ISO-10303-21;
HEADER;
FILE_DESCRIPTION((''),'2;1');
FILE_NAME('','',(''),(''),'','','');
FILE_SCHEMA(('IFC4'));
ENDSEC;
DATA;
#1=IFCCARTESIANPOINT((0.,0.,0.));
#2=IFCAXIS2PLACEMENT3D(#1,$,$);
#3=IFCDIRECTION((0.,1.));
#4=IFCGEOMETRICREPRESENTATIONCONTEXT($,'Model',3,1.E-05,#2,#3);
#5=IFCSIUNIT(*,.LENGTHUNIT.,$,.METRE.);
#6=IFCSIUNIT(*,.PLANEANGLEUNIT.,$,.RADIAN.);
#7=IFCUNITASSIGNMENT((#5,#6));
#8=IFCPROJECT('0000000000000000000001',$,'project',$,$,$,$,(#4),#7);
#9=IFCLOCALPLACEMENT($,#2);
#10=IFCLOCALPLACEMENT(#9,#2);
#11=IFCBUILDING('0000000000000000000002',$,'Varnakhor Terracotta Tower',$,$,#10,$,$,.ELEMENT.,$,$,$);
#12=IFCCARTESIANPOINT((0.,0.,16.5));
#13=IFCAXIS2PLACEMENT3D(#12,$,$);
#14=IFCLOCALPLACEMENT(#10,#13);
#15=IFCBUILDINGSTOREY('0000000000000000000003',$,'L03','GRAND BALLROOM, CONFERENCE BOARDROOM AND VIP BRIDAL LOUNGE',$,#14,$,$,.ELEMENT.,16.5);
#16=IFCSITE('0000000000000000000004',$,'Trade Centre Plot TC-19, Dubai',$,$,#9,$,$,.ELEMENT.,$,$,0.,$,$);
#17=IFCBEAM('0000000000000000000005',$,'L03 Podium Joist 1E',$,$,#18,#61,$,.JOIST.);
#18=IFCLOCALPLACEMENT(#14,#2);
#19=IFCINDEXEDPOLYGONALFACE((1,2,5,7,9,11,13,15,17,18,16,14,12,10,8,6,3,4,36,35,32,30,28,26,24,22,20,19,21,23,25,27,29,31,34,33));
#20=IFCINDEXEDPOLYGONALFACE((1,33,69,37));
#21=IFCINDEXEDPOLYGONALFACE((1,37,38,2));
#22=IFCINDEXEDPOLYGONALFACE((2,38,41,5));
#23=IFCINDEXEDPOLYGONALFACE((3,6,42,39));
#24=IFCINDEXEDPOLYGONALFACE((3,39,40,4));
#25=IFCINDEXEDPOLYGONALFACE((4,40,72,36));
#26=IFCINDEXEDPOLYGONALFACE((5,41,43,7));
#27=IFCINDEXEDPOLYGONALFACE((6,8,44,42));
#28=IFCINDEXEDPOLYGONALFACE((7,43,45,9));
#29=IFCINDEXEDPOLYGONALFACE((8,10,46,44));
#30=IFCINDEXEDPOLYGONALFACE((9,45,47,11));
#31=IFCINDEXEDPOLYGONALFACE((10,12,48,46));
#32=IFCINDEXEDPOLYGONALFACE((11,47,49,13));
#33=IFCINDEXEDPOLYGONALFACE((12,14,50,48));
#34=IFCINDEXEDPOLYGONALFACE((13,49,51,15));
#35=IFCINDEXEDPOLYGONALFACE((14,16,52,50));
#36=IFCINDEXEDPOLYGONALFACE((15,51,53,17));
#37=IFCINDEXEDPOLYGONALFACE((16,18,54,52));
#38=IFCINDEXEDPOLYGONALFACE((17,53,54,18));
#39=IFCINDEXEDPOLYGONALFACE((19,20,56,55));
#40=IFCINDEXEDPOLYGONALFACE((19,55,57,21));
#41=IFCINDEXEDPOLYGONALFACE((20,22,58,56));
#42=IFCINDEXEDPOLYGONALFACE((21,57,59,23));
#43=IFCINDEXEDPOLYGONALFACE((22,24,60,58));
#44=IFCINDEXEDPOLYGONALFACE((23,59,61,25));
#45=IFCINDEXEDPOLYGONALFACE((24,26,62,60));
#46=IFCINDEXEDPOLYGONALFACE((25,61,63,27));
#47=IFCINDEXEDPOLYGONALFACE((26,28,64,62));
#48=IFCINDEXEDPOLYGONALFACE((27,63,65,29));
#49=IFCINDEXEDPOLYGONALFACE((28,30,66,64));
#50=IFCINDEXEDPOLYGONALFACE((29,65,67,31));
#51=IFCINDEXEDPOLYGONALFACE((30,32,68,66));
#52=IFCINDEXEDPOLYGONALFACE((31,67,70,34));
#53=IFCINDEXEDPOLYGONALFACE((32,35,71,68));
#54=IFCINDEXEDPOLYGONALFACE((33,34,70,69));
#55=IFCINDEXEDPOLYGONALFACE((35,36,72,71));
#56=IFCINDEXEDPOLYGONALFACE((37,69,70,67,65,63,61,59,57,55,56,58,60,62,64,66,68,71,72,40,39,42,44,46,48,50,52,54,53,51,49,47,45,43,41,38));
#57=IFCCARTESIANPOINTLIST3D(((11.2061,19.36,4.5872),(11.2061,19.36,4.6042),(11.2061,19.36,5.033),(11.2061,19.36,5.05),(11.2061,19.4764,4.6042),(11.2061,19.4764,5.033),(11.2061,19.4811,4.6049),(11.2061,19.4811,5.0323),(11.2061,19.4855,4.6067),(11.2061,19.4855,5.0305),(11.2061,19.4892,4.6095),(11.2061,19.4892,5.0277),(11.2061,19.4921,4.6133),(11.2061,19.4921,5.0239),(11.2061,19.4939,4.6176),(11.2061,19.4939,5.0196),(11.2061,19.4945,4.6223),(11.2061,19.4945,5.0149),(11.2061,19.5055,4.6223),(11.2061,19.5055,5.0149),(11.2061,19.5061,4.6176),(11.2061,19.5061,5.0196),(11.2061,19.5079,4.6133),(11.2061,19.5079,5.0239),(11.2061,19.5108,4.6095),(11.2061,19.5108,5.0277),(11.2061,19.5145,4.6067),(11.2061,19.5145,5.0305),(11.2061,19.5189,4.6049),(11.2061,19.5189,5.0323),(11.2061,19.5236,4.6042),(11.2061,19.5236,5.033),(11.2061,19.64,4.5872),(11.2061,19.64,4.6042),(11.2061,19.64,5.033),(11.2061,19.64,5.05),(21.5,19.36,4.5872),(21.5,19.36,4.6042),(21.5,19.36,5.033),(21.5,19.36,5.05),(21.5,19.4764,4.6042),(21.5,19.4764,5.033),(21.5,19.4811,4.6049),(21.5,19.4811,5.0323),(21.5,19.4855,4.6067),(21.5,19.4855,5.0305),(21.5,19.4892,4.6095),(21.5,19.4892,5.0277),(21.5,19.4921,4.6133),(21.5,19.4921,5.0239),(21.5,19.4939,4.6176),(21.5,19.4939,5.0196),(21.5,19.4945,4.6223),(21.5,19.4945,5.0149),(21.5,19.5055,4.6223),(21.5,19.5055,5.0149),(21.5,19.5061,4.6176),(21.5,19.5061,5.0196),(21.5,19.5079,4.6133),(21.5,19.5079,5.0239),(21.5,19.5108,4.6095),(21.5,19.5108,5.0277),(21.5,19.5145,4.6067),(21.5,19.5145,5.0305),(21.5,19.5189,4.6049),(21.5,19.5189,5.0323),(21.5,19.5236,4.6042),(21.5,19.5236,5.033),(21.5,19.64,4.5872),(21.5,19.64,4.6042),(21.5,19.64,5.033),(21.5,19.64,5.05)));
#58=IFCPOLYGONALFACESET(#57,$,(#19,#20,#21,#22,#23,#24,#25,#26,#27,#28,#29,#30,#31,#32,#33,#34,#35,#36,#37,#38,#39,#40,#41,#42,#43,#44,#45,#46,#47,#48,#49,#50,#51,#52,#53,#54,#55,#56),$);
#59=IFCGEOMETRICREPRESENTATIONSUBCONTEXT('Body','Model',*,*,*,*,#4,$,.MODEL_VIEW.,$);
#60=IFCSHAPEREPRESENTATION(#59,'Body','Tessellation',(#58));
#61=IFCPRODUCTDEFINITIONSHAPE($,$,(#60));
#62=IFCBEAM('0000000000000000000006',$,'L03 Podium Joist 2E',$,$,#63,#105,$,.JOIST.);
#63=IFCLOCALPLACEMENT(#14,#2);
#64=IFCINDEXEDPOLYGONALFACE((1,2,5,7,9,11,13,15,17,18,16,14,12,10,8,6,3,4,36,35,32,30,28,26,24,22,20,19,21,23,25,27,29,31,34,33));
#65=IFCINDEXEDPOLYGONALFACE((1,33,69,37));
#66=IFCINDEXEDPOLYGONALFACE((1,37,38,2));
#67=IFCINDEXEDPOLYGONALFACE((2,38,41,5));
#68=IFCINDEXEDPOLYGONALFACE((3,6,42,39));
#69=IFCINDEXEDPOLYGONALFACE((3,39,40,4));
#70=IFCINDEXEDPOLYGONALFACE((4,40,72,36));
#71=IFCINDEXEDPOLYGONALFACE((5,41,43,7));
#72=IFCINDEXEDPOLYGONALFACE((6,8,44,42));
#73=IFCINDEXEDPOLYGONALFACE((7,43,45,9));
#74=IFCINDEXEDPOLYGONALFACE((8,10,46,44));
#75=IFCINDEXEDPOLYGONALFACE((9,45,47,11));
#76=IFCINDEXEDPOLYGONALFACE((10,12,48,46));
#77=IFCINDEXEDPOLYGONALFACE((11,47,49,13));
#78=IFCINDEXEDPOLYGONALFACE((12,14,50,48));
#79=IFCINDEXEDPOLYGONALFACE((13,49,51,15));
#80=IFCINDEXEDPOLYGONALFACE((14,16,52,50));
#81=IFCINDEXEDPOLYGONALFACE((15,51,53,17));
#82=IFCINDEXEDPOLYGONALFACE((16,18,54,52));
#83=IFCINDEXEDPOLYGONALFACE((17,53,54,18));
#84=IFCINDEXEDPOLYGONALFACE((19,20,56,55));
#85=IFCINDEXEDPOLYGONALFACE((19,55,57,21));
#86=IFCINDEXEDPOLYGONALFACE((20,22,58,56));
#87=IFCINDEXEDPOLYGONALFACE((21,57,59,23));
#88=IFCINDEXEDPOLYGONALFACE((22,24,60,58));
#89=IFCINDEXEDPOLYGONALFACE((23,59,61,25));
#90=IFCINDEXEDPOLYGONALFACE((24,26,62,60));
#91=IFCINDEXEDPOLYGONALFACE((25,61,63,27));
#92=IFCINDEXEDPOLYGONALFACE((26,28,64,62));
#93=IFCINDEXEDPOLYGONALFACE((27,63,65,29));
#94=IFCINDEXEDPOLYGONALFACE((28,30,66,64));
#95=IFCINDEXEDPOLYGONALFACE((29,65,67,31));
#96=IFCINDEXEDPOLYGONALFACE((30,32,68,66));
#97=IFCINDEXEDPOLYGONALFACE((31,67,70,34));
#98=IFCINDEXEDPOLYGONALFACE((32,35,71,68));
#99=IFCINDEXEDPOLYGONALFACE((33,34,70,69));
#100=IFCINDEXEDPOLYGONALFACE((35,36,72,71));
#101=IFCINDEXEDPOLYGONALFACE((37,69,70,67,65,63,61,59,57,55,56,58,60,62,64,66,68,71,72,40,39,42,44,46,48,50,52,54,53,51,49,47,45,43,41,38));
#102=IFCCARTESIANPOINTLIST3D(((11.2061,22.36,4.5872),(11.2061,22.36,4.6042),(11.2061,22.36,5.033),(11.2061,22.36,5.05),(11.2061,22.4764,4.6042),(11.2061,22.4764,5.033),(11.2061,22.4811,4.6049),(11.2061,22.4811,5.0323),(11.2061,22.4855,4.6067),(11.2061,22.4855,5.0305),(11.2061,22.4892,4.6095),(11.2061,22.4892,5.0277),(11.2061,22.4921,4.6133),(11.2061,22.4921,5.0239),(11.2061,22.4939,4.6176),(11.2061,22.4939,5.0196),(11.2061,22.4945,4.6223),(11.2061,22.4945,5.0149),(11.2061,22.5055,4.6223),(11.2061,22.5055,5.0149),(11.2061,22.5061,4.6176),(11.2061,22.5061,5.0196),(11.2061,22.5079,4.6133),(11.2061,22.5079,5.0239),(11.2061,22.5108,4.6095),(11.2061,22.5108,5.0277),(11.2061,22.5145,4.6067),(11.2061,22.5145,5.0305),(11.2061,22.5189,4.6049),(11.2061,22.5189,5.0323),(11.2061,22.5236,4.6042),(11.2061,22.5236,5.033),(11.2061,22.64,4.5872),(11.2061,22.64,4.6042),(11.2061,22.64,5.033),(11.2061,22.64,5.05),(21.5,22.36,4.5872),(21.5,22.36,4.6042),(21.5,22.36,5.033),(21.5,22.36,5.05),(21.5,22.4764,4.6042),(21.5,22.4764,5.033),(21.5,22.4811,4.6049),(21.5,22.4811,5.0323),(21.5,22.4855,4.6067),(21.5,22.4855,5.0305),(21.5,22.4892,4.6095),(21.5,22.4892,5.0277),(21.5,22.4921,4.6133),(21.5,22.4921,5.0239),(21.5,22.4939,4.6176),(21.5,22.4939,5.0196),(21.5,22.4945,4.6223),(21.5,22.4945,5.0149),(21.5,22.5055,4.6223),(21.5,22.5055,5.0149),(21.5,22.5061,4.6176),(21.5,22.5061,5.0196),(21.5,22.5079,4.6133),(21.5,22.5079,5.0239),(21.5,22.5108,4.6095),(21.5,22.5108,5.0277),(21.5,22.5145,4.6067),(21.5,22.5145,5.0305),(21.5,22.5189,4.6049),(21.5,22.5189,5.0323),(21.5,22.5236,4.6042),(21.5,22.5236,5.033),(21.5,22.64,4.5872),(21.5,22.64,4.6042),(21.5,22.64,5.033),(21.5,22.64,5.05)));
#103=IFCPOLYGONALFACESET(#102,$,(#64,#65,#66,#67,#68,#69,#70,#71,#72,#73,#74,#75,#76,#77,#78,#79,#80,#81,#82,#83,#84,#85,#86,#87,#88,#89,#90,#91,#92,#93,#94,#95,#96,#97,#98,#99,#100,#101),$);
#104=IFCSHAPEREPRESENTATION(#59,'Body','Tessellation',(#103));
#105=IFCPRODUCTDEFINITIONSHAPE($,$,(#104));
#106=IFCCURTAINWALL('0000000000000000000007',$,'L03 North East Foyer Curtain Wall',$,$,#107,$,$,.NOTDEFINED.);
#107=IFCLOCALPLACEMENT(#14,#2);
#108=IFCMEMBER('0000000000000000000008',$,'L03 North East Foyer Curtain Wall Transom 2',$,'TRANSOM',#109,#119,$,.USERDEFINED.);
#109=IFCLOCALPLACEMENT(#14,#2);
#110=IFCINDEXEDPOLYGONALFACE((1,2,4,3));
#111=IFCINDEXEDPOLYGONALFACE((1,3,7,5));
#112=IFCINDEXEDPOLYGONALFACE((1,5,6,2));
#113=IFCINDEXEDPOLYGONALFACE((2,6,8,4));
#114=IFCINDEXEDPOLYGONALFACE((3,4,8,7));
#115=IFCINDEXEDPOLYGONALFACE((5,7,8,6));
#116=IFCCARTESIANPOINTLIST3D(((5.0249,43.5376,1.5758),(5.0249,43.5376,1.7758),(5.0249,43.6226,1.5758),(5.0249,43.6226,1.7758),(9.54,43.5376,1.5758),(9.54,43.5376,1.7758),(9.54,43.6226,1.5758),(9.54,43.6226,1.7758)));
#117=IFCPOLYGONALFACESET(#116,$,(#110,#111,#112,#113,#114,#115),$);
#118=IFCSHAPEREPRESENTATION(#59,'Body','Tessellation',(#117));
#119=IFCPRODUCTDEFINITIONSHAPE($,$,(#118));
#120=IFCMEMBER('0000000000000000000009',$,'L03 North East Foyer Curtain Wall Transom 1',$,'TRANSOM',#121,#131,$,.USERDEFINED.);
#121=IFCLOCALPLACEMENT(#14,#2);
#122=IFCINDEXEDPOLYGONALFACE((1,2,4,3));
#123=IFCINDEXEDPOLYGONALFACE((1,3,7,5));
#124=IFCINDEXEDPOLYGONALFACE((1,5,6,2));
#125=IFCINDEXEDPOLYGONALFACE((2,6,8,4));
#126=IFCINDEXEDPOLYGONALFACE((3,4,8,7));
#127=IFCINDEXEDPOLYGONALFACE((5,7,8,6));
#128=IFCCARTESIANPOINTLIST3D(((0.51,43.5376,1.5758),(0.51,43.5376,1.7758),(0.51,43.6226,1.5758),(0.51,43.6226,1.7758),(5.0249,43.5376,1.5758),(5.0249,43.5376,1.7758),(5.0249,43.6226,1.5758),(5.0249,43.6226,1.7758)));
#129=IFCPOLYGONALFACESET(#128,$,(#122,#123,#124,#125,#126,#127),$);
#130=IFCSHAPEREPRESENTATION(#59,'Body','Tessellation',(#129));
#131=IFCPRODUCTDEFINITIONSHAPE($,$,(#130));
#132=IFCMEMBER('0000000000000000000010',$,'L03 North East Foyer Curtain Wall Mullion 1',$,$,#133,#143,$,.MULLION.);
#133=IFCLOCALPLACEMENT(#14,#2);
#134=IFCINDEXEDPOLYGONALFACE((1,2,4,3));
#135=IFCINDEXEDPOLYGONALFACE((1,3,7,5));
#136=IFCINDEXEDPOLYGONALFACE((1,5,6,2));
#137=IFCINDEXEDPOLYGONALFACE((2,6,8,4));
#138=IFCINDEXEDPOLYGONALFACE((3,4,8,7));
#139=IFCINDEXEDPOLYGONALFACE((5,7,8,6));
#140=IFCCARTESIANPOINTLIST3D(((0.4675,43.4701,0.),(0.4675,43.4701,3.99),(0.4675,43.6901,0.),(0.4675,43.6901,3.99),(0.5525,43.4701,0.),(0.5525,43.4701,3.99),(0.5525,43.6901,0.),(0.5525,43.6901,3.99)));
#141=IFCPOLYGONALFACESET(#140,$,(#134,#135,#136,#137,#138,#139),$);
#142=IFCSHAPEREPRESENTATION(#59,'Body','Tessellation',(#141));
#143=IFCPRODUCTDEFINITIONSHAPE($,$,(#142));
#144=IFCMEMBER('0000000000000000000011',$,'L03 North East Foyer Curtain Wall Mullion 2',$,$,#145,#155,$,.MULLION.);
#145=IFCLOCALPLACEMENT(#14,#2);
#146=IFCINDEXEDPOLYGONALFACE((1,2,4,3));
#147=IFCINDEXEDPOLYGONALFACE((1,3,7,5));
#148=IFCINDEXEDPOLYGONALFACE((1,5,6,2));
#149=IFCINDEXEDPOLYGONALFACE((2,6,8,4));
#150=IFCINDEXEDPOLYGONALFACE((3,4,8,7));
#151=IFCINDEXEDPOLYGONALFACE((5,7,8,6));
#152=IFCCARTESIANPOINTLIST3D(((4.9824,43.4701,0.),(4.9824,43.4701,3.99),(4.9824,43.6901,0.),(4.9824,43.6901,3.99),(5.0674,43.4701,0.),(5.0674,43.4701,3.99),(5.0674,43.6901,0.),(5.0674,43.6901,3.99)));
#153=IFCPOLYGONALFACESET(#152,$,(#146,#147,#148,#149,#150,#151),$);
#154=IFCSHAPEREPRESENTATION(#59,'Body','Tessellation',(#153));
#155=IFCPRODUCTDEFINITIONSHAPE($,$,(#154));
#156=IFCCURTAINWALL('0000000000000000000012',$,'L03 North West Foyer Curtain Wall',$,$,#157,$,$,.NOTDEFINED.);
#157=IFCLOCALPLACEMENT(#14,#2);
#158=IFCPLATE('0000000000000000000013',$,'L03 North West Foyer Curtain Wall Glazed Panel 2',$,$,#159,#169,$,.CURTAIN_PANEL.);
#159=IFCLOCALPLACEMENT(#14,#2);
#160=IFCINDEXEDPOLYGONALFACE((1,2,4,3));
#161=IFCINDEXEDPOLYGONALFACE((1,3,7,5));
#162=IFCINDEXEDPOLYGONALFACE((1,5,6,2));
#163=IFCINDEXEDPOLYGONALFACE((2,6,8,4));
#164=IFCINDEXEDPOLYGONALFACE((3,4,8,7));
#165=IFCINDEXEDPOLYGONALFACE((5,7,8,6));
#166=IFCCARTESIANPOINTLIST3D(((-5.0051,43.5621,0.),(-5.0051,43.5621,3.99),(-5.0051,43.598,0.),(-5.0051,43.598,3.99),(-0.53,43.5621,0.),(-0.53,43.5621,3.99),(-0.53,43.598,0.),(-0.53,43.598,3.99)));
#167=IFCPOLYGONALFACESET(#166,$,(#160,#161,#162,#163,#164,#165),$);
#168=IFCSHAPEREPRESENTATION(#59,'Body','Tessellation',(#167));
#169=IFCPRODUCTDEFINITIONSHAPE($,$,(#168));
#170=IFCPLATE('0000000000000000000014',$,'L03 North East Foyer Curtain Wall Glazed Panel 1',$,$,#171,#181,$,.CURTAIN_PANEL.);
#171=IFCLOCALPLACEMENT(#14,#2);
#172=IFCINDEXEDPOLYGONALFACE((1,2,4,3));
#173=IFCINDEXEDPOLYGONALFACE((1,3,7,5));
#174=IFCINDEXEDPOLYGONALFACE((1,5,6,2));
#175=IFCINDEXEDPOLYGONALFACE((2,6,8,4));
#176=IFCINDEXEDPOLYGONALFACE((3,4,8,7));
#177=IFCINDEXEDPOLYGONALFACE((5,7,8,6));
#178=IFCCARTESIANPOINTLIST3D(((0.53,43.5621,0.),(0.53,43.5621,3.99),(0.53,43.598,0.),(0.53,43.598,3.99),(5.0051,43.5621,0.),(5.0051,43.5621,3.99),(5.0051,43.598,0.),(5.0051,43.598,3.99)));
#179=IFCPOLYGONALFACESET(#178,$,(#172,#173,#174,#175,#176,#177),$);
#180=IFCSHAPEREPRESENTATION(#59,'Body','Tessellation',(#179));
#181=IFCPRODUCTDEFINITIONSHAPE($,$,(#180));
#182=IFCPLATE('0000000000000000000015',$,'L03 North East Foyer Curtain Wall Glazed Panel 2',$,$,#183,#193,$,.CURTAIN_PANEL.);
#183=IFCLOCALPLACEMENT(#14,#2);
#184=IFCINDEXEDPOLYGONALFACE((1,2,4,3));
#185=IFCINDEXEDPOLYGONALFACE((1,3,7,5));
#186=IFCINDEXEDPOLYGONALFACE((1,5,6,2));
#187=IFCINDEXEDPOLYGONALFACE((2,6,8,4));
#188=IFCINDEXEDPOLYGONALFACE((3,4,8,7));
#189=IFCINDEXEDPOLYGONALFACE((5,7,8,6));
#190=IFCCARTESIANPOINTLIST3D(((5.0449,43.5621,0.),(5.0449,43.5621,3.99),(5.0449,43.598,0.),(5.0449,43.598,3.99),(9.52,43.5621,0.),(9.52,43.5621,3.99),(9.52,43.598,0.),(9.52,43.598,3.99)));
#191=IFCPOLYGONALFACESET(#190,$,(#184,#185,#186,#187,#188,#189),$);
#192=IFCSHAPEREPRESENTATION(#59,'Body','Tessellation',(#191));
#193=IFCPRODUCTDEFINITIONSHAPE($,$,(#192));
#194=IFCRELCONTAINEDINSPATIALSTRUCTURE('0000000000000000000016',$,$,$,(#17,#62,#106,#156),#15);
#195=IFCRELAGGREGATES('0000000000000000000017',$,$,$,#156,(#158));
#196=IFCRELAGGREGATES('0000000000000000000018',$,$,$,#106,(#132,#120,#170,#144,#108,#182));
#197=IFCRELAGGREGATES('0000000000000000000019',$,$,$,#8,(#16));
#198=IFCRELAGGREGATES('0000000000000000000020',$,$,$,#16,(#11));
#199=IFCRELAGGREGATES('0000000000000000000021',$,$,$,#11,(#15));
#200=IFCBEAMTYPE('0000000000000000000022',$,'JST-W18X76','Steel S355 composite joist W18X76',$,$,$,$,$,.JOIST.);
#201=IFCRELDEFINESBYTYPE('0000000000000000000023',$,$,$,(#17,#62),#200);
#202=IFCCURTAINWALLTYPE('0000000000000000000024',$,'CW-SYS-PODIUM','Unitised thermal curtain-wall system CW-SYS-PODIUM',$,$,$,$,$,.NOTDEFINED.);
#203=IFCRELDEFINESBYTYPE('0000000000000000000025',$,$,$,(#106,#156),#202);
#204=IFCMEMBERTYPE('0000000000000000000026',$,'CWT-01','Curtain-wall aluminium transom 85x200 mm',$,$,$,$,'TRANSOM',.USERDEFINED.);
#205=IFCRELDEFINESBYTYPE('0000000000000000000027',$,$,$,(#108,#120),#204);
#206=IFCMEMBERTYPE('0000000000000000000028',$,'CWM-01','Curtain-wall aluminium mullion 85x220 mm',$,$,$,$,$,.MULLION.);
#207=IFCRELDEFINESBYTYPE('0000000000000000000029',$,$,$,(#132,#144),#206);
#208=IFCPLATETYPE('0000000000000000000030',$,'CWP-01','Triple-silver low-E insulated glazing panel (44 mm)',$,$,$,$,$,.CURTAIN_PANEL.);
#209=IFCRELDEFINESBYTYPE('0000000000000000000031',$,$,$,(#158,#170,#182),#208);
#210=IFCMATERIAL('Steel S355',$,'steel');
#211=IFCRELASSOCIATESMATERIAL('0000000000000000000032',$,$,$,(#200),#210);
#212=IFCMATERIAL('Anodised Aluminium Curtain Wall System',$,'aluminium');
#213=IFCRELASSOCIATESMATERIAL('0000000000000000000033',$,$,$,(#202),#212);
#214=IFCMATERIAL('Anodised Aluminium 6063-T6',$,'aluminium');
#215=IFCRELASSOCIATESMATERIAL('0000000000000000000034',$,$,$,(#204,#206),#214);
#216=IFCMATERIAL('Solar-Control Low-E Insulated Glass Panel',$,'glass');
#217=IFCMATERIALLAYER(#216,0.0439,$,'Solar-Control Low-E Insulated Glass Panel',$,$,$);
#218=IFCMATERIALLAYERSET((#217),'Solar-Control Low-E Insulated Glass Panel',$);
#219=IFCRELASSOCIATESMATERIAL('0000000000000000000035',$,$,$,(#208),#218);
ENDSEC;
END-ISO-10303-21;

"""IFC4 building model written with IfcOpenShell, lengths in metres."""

from ifc_helpers import new_model, si_unit, direction, frame, origin, origin_2d, place, context, subcontext, project, spatial, rectangle, i_section, extrude, source, transform, mapped, material, layer, layer_set, material_profile, profile_set, type_object, type_shapes, element, aggregate, save


model = new_model("IFC4")

# Units and contexts
model_context = context("Model", 3, precision=1e-05, world=origin(), true_north=direction((0.0, 1.0)))
body_context = subcontext(model_context, "Body", "Model", "MODEL_VIEW")
ifc_project = project(units=[si_unit("LENGTHUNIT", "METRE"), si_unit("PLANEANGLEUNIT", "RADIAN")], contexts=[model_context])

# Site, building, storey
site_placement = place(None, origin())
site = spatial("IfcSite", under=ifc_project, at=site_placement, Name="Trade Centre Plot TC-19, Dubai", CompositionType="ELEMENT", RefElevation=0.0)
building_placement = place(site_placement, origin())
building = spatial("IfcBuilding", under=site, at=building_placement, Name="Varnakhor Terracotta Tower", CompositionType="ELEMENT")
storey_placement = place(building_placement, frame((0.0, 0.0, 16.5)))
storey = spatial("IfcBuildingStorey", under=building, at=storey_placement, Name="L03", Description="GRAND BALLROOM, CONFERENCE BOARDROOM AND VIP BRIDAL LOUNGE", CompositionType="ELEMENT", Elevation=16.5)

# Beams
ifc_material_1 = material(Name="Steel S355", Category="steel")
ifc_material_profile_1 = material_profile(ifc_material_1, i_section(OverallWidth=0.28, OverallDepth=0.4629, WebThickness=0.011, FlangeThickness=0.0171, FilletRadius=0.0181, at=origin_2d()), Name="W18X76")
ifc_profile_set_1 = profile_set([ifc_material_profile_1], Name="Steel S355")
beam_type_1 = type_object("IfcBeamType", Name="JST-W18X76", Description="Steel S355 composite joist W18X76", PredefinedType="JOIST", material=ifc_profile_set_1)
shared_shape_1 = source(origin(), body_context, "Body", "SweptSolid", [
    extrude(i_section(OverallWidth=0.28, OverallDepth=0.4629, WebThickness=0.011, FlangeThickness=0.0171, FilletRadius=0.0181, at=origin_2d()), origin(), (0.0, 0.0, 1.0), 10.2939),
])
type_shapes(beam_type_1, [shared_shape_1])
for number, where, z_axis, x_axis, name in (
    (1, (11.2061, 19.5, 4.8186), (1.0, 0.0, 0.0), (0.0, 1.0, 0.0), "L03 Podium Joist 1E"),
    (2, (11.2061, 22.5, 4.8186), (1.0, 0.0, 0.0), (0.0, 1.0, 0.0), "L03 Podium Joist 2E"),
):
    element("IfcBeam", number, at=place(storey_placement, frame(where, z_axis=z_axis, x_axis=x_axis)), inside=storey, type_object=beam_type_1, Name=name, PredefinedType="JOIST", context=body_context, shape_type="MappedRepresentation", body=[
        mapped(shared_shape_1, transform((0.0, 0.0, 0.0), scale=1.0)),
    ])

# Curtain wall, members
ifc_material_2 = material(Name="Anodised Aluminium Curtain Wall System", Category="aluminium")
curtain_wall_type = type_object("IfcCurtainWallType", Name="CW-SYS-PODIUM", Description="Unitised thermal curtain-wall system CW-SYS-PODIUM", PredefinedType="NOTDEFINED", material=ifc_material_2)
curtain_wall_1_placement = place(storey_placement, origin())
curtain_wall_1 = element("IfcCurtainWall", 3, at=curtain_wall_1_placement, inside=storey, type_object=curtain_wall_type, Name="L03 North East Foyer Curtain Wall", PredefinedType="NOTDEFINED")
ifc_material_3 = material(Name="Anodised Aluminium 6063-T6", Category="aluminium")
ifc_material_profile_2 = material_profile(ifc_material_3, rectangle(XDim=0.085, YDim=0.2, at=origin_2d()), Name="ALU TRANSOM 85x200")
ifc_profile_set_2 = profile_set([ifc_material_profile_2], Name="Anodised Aluminium 6063-T6")
member_type_1 = type_object("IfcMemberType", Name="CWT-01", Description="Curtain-wall aluminium transom 85x200 mm", ElementType="TRANSOM", PredefinedType="USERDEFINED", material=ifc_profile_set_2)
shared_shape_2 = source(origin(), body_context, "Body", "SweptSolid", [
    extrude(rectangle(XDim=0.085, YDim=0.2, at=origin_2d()), origin(), (0.0, 0.0, 1.0), 4.5151),
])
type_shapes(member_type_1, [shared_shape_2])
member_1_placement = place(storey_placement, frame((5.0249, 43.5801, 1.6758), z_axis=(1.0, 0.0, 0.0), x_axis=(0.0, 1.0, 0.0)))
member_1 = element("IfcMember", 4, at=member_1_placement, type_object=member_type_1, Name="L03 North East Foyer Curtain Wall Transom 2", ObjectType="TRANSOM", PredefinedType="USERDEFINED", context=body_context, shape_type="MappedRepresentation", body=[
    mapped(shared_shape_2, transform((0.0, 0.0, 0.0), scale=1.0)),
])
shared_shape_3 = source(origin(), body_context, "Body", "SweptSolid", [
    extrude(rectangle(XDim=0.085, YDim=0.2, at=origin_2d()), origin(), (0.0, 0.0, 1.0), 4.5149),
])
member_2_placement = place(storey_placement, frame((0.51, 43.5801, 1.6758), z_axis=(1.0, 0.0, 0.0), x_axis=(0.0, 1.0, 0.0)))
member_2 = element("IfcMember", 5, at=member_2_placement, type_object=member_type_1, Name="L03 North East Foyer Curtain Wall Transom 1", ObjectType="TRANSOM", PredefinedType="USERDEFINED", context=body_context, shape_type="MappedRepresentation", body=[
    mapped(shared_shape_3, transform((0.0, 0.0, 0.0), scale=1.0)),
])
ifc_material_profile_3 = material_profile(ifc_material_3, rectangle(XDim=0.085, YDim=0.22, at=origin_2d()), Name="ALU MULLION 85x220")
ifc_profile_set_3 = profile_set([ifc_material_profile_3], Name="Anodised Aluminium 6063-T6")
member_type_2 = type_object("IfcMemberType", Name="CWM-01", Description="Curtain-wall aluminium mullion 85x220 mm", PredefinedType="MULLION", material=ifc_profile_set_3)
shared_shape_4 = source(origin(), body_context, "Body", "SweptSolid", [
    extrude(rectangle(XDim=0.085, YDim=0.22, at=origin_2d()), origin(), (0.0, 0.0, 1.0), 3.99),
])
member_3_placement = place(storey_placement, frame((0.51, 43.5801, 0.0), z_axis=(0.0, 0.0, 1.0), x_axis=(1.0, 0.0, 0.0)))
member_3 = element("IfcMember", 6, at=member_3_placement, type_object=member_type_2, Name="L03 North East Foyer Curtain Wall Mullion 1", PredefinedType="MULLION", context=body_context, shape_type="MappedRepresentation", body=[
    mapped(shared_shape_4, transform((0.0, 0.0, 0.0), scale=1.0)),
])
member_4_placement = place(storey_placement, frame((5.0249, 43.5801, 0.0), z_axis=(0.0, 0.0, 1.0), x_axis=(1.0, 0.0, 0.0)))
member_4 = element("IfcMember", 7, at=member_4_placement, type_object=member_type_2, Name="L03 North East Foyer Curtain Wall Mullion 2", PredefinedType="MULLION", context=body_context, shape_type="MappedRepresentation", body=[
    mapped(shared_shape_4, transform((0.0, 0.0, 0.0), scale=1.0)),
])

# Curtain wall, plate
curtain_wall_2_placement = place(storey_placement, origin())
curtain_wall_2 = element("IfcCurtainWall", 8, at=curtain_wall_2_placement, inside=storey, type_object=curtain_wall_type, Name="L03 North West Foyer Curtain Wall", PredefinedType="NOTDEFINED")
ifc_material_4 = material(Name="Solar-Control Low-E Insulated Glass Panel", Category="glass")
ifc_layer_1 = layer(ifc_material_4, 0.0439, Name="Solar-Control Low-E Insulated Glass Panel")
ifc_layer_set_1 = layer_set([ifc_layer_1], Name="Solar-Control Low-E Insulated Glass Panel")
plate_type = type_object("IfcPlateType", Name="CWP-01", Description="Triple-silver low-E insulated glazing panel (44 mm)", PredefinedType="CURTAIN_PANEL", material=ifc_layer_set_1)
shared_shape_5 = source(origin(), body_context, "Body", "SweptSolid", [
    extrude(rectangle(XDim=4.4751, YDim=0.0359, at=origin_2d()), origin(), (0.0, 0.0, 1.0), 3.99),
])
plate_1_placement = place(storey_placement, frame((-2.7676, 43.5801, 0.0), z_axis=(0.0, 0.0, 1.0), x_axis=(1.0, 0.0, 0.0)))
plate_1 = element("IfcPlate", 9, at=plate_1_placement, type_object=plate_type, Name="L03 North West Foyer Curtain Wall Glazed Panel 2", PredefinedType="CURTAIN_PANEL", context=body_context, shape_type="MappedRepresentation", body=[
    mapped(shared_shape_5, transform((0.0, 0.0, 0.0), scale=1.0)),
])
aggregate(curtain_wall_2, [plate_1])

# Plates
plate_2_placement = place(storey_placement, frame((2.7676, 43.5801, 0.0), z_axis=(0.0, 0.0, 1.0), x_axis=(1.0, 0.0, 0.0)))
plate_2 = element("IfcPlate", 10, at=plate_2_placement, type_object=plate_type, Name="L03 North East Foyer Curtain Wall Glazed Panel 1", PredefinedType="CURTAIN_PANEL", context=body_context, shape_type="MappedRepresentation", body=[
    mapped(shared_shape_5, transform((0.0, 0.0, 0.0), scale=1.0)),
])
plate_3_placement = place(storey_placement, frame((7.2825, 43.5801, 0.0), z_axis=(0.0, 0.0, 1.0), x_axis=(1.0, 0.0, 0.0)))
plate_3 = element("IfcPlate", 11, at=plate_3_placement, type_object=plate_type, Name="L03 North East Foyer Curtain Wall Glazed Panel 2", PredefinedType="CURTAIN_PANEL", context=body_context, shape_type="MappedRepresentation", body=[
    mapped(shared_shape_5, transform((0.0, 0.0, 0.0), scale=1.0)),
])
aggregate(curtain_wall_1, [member_3, member_2, plate_2, member_4, member_1, plate_3])

save(model, "model.ifc")
